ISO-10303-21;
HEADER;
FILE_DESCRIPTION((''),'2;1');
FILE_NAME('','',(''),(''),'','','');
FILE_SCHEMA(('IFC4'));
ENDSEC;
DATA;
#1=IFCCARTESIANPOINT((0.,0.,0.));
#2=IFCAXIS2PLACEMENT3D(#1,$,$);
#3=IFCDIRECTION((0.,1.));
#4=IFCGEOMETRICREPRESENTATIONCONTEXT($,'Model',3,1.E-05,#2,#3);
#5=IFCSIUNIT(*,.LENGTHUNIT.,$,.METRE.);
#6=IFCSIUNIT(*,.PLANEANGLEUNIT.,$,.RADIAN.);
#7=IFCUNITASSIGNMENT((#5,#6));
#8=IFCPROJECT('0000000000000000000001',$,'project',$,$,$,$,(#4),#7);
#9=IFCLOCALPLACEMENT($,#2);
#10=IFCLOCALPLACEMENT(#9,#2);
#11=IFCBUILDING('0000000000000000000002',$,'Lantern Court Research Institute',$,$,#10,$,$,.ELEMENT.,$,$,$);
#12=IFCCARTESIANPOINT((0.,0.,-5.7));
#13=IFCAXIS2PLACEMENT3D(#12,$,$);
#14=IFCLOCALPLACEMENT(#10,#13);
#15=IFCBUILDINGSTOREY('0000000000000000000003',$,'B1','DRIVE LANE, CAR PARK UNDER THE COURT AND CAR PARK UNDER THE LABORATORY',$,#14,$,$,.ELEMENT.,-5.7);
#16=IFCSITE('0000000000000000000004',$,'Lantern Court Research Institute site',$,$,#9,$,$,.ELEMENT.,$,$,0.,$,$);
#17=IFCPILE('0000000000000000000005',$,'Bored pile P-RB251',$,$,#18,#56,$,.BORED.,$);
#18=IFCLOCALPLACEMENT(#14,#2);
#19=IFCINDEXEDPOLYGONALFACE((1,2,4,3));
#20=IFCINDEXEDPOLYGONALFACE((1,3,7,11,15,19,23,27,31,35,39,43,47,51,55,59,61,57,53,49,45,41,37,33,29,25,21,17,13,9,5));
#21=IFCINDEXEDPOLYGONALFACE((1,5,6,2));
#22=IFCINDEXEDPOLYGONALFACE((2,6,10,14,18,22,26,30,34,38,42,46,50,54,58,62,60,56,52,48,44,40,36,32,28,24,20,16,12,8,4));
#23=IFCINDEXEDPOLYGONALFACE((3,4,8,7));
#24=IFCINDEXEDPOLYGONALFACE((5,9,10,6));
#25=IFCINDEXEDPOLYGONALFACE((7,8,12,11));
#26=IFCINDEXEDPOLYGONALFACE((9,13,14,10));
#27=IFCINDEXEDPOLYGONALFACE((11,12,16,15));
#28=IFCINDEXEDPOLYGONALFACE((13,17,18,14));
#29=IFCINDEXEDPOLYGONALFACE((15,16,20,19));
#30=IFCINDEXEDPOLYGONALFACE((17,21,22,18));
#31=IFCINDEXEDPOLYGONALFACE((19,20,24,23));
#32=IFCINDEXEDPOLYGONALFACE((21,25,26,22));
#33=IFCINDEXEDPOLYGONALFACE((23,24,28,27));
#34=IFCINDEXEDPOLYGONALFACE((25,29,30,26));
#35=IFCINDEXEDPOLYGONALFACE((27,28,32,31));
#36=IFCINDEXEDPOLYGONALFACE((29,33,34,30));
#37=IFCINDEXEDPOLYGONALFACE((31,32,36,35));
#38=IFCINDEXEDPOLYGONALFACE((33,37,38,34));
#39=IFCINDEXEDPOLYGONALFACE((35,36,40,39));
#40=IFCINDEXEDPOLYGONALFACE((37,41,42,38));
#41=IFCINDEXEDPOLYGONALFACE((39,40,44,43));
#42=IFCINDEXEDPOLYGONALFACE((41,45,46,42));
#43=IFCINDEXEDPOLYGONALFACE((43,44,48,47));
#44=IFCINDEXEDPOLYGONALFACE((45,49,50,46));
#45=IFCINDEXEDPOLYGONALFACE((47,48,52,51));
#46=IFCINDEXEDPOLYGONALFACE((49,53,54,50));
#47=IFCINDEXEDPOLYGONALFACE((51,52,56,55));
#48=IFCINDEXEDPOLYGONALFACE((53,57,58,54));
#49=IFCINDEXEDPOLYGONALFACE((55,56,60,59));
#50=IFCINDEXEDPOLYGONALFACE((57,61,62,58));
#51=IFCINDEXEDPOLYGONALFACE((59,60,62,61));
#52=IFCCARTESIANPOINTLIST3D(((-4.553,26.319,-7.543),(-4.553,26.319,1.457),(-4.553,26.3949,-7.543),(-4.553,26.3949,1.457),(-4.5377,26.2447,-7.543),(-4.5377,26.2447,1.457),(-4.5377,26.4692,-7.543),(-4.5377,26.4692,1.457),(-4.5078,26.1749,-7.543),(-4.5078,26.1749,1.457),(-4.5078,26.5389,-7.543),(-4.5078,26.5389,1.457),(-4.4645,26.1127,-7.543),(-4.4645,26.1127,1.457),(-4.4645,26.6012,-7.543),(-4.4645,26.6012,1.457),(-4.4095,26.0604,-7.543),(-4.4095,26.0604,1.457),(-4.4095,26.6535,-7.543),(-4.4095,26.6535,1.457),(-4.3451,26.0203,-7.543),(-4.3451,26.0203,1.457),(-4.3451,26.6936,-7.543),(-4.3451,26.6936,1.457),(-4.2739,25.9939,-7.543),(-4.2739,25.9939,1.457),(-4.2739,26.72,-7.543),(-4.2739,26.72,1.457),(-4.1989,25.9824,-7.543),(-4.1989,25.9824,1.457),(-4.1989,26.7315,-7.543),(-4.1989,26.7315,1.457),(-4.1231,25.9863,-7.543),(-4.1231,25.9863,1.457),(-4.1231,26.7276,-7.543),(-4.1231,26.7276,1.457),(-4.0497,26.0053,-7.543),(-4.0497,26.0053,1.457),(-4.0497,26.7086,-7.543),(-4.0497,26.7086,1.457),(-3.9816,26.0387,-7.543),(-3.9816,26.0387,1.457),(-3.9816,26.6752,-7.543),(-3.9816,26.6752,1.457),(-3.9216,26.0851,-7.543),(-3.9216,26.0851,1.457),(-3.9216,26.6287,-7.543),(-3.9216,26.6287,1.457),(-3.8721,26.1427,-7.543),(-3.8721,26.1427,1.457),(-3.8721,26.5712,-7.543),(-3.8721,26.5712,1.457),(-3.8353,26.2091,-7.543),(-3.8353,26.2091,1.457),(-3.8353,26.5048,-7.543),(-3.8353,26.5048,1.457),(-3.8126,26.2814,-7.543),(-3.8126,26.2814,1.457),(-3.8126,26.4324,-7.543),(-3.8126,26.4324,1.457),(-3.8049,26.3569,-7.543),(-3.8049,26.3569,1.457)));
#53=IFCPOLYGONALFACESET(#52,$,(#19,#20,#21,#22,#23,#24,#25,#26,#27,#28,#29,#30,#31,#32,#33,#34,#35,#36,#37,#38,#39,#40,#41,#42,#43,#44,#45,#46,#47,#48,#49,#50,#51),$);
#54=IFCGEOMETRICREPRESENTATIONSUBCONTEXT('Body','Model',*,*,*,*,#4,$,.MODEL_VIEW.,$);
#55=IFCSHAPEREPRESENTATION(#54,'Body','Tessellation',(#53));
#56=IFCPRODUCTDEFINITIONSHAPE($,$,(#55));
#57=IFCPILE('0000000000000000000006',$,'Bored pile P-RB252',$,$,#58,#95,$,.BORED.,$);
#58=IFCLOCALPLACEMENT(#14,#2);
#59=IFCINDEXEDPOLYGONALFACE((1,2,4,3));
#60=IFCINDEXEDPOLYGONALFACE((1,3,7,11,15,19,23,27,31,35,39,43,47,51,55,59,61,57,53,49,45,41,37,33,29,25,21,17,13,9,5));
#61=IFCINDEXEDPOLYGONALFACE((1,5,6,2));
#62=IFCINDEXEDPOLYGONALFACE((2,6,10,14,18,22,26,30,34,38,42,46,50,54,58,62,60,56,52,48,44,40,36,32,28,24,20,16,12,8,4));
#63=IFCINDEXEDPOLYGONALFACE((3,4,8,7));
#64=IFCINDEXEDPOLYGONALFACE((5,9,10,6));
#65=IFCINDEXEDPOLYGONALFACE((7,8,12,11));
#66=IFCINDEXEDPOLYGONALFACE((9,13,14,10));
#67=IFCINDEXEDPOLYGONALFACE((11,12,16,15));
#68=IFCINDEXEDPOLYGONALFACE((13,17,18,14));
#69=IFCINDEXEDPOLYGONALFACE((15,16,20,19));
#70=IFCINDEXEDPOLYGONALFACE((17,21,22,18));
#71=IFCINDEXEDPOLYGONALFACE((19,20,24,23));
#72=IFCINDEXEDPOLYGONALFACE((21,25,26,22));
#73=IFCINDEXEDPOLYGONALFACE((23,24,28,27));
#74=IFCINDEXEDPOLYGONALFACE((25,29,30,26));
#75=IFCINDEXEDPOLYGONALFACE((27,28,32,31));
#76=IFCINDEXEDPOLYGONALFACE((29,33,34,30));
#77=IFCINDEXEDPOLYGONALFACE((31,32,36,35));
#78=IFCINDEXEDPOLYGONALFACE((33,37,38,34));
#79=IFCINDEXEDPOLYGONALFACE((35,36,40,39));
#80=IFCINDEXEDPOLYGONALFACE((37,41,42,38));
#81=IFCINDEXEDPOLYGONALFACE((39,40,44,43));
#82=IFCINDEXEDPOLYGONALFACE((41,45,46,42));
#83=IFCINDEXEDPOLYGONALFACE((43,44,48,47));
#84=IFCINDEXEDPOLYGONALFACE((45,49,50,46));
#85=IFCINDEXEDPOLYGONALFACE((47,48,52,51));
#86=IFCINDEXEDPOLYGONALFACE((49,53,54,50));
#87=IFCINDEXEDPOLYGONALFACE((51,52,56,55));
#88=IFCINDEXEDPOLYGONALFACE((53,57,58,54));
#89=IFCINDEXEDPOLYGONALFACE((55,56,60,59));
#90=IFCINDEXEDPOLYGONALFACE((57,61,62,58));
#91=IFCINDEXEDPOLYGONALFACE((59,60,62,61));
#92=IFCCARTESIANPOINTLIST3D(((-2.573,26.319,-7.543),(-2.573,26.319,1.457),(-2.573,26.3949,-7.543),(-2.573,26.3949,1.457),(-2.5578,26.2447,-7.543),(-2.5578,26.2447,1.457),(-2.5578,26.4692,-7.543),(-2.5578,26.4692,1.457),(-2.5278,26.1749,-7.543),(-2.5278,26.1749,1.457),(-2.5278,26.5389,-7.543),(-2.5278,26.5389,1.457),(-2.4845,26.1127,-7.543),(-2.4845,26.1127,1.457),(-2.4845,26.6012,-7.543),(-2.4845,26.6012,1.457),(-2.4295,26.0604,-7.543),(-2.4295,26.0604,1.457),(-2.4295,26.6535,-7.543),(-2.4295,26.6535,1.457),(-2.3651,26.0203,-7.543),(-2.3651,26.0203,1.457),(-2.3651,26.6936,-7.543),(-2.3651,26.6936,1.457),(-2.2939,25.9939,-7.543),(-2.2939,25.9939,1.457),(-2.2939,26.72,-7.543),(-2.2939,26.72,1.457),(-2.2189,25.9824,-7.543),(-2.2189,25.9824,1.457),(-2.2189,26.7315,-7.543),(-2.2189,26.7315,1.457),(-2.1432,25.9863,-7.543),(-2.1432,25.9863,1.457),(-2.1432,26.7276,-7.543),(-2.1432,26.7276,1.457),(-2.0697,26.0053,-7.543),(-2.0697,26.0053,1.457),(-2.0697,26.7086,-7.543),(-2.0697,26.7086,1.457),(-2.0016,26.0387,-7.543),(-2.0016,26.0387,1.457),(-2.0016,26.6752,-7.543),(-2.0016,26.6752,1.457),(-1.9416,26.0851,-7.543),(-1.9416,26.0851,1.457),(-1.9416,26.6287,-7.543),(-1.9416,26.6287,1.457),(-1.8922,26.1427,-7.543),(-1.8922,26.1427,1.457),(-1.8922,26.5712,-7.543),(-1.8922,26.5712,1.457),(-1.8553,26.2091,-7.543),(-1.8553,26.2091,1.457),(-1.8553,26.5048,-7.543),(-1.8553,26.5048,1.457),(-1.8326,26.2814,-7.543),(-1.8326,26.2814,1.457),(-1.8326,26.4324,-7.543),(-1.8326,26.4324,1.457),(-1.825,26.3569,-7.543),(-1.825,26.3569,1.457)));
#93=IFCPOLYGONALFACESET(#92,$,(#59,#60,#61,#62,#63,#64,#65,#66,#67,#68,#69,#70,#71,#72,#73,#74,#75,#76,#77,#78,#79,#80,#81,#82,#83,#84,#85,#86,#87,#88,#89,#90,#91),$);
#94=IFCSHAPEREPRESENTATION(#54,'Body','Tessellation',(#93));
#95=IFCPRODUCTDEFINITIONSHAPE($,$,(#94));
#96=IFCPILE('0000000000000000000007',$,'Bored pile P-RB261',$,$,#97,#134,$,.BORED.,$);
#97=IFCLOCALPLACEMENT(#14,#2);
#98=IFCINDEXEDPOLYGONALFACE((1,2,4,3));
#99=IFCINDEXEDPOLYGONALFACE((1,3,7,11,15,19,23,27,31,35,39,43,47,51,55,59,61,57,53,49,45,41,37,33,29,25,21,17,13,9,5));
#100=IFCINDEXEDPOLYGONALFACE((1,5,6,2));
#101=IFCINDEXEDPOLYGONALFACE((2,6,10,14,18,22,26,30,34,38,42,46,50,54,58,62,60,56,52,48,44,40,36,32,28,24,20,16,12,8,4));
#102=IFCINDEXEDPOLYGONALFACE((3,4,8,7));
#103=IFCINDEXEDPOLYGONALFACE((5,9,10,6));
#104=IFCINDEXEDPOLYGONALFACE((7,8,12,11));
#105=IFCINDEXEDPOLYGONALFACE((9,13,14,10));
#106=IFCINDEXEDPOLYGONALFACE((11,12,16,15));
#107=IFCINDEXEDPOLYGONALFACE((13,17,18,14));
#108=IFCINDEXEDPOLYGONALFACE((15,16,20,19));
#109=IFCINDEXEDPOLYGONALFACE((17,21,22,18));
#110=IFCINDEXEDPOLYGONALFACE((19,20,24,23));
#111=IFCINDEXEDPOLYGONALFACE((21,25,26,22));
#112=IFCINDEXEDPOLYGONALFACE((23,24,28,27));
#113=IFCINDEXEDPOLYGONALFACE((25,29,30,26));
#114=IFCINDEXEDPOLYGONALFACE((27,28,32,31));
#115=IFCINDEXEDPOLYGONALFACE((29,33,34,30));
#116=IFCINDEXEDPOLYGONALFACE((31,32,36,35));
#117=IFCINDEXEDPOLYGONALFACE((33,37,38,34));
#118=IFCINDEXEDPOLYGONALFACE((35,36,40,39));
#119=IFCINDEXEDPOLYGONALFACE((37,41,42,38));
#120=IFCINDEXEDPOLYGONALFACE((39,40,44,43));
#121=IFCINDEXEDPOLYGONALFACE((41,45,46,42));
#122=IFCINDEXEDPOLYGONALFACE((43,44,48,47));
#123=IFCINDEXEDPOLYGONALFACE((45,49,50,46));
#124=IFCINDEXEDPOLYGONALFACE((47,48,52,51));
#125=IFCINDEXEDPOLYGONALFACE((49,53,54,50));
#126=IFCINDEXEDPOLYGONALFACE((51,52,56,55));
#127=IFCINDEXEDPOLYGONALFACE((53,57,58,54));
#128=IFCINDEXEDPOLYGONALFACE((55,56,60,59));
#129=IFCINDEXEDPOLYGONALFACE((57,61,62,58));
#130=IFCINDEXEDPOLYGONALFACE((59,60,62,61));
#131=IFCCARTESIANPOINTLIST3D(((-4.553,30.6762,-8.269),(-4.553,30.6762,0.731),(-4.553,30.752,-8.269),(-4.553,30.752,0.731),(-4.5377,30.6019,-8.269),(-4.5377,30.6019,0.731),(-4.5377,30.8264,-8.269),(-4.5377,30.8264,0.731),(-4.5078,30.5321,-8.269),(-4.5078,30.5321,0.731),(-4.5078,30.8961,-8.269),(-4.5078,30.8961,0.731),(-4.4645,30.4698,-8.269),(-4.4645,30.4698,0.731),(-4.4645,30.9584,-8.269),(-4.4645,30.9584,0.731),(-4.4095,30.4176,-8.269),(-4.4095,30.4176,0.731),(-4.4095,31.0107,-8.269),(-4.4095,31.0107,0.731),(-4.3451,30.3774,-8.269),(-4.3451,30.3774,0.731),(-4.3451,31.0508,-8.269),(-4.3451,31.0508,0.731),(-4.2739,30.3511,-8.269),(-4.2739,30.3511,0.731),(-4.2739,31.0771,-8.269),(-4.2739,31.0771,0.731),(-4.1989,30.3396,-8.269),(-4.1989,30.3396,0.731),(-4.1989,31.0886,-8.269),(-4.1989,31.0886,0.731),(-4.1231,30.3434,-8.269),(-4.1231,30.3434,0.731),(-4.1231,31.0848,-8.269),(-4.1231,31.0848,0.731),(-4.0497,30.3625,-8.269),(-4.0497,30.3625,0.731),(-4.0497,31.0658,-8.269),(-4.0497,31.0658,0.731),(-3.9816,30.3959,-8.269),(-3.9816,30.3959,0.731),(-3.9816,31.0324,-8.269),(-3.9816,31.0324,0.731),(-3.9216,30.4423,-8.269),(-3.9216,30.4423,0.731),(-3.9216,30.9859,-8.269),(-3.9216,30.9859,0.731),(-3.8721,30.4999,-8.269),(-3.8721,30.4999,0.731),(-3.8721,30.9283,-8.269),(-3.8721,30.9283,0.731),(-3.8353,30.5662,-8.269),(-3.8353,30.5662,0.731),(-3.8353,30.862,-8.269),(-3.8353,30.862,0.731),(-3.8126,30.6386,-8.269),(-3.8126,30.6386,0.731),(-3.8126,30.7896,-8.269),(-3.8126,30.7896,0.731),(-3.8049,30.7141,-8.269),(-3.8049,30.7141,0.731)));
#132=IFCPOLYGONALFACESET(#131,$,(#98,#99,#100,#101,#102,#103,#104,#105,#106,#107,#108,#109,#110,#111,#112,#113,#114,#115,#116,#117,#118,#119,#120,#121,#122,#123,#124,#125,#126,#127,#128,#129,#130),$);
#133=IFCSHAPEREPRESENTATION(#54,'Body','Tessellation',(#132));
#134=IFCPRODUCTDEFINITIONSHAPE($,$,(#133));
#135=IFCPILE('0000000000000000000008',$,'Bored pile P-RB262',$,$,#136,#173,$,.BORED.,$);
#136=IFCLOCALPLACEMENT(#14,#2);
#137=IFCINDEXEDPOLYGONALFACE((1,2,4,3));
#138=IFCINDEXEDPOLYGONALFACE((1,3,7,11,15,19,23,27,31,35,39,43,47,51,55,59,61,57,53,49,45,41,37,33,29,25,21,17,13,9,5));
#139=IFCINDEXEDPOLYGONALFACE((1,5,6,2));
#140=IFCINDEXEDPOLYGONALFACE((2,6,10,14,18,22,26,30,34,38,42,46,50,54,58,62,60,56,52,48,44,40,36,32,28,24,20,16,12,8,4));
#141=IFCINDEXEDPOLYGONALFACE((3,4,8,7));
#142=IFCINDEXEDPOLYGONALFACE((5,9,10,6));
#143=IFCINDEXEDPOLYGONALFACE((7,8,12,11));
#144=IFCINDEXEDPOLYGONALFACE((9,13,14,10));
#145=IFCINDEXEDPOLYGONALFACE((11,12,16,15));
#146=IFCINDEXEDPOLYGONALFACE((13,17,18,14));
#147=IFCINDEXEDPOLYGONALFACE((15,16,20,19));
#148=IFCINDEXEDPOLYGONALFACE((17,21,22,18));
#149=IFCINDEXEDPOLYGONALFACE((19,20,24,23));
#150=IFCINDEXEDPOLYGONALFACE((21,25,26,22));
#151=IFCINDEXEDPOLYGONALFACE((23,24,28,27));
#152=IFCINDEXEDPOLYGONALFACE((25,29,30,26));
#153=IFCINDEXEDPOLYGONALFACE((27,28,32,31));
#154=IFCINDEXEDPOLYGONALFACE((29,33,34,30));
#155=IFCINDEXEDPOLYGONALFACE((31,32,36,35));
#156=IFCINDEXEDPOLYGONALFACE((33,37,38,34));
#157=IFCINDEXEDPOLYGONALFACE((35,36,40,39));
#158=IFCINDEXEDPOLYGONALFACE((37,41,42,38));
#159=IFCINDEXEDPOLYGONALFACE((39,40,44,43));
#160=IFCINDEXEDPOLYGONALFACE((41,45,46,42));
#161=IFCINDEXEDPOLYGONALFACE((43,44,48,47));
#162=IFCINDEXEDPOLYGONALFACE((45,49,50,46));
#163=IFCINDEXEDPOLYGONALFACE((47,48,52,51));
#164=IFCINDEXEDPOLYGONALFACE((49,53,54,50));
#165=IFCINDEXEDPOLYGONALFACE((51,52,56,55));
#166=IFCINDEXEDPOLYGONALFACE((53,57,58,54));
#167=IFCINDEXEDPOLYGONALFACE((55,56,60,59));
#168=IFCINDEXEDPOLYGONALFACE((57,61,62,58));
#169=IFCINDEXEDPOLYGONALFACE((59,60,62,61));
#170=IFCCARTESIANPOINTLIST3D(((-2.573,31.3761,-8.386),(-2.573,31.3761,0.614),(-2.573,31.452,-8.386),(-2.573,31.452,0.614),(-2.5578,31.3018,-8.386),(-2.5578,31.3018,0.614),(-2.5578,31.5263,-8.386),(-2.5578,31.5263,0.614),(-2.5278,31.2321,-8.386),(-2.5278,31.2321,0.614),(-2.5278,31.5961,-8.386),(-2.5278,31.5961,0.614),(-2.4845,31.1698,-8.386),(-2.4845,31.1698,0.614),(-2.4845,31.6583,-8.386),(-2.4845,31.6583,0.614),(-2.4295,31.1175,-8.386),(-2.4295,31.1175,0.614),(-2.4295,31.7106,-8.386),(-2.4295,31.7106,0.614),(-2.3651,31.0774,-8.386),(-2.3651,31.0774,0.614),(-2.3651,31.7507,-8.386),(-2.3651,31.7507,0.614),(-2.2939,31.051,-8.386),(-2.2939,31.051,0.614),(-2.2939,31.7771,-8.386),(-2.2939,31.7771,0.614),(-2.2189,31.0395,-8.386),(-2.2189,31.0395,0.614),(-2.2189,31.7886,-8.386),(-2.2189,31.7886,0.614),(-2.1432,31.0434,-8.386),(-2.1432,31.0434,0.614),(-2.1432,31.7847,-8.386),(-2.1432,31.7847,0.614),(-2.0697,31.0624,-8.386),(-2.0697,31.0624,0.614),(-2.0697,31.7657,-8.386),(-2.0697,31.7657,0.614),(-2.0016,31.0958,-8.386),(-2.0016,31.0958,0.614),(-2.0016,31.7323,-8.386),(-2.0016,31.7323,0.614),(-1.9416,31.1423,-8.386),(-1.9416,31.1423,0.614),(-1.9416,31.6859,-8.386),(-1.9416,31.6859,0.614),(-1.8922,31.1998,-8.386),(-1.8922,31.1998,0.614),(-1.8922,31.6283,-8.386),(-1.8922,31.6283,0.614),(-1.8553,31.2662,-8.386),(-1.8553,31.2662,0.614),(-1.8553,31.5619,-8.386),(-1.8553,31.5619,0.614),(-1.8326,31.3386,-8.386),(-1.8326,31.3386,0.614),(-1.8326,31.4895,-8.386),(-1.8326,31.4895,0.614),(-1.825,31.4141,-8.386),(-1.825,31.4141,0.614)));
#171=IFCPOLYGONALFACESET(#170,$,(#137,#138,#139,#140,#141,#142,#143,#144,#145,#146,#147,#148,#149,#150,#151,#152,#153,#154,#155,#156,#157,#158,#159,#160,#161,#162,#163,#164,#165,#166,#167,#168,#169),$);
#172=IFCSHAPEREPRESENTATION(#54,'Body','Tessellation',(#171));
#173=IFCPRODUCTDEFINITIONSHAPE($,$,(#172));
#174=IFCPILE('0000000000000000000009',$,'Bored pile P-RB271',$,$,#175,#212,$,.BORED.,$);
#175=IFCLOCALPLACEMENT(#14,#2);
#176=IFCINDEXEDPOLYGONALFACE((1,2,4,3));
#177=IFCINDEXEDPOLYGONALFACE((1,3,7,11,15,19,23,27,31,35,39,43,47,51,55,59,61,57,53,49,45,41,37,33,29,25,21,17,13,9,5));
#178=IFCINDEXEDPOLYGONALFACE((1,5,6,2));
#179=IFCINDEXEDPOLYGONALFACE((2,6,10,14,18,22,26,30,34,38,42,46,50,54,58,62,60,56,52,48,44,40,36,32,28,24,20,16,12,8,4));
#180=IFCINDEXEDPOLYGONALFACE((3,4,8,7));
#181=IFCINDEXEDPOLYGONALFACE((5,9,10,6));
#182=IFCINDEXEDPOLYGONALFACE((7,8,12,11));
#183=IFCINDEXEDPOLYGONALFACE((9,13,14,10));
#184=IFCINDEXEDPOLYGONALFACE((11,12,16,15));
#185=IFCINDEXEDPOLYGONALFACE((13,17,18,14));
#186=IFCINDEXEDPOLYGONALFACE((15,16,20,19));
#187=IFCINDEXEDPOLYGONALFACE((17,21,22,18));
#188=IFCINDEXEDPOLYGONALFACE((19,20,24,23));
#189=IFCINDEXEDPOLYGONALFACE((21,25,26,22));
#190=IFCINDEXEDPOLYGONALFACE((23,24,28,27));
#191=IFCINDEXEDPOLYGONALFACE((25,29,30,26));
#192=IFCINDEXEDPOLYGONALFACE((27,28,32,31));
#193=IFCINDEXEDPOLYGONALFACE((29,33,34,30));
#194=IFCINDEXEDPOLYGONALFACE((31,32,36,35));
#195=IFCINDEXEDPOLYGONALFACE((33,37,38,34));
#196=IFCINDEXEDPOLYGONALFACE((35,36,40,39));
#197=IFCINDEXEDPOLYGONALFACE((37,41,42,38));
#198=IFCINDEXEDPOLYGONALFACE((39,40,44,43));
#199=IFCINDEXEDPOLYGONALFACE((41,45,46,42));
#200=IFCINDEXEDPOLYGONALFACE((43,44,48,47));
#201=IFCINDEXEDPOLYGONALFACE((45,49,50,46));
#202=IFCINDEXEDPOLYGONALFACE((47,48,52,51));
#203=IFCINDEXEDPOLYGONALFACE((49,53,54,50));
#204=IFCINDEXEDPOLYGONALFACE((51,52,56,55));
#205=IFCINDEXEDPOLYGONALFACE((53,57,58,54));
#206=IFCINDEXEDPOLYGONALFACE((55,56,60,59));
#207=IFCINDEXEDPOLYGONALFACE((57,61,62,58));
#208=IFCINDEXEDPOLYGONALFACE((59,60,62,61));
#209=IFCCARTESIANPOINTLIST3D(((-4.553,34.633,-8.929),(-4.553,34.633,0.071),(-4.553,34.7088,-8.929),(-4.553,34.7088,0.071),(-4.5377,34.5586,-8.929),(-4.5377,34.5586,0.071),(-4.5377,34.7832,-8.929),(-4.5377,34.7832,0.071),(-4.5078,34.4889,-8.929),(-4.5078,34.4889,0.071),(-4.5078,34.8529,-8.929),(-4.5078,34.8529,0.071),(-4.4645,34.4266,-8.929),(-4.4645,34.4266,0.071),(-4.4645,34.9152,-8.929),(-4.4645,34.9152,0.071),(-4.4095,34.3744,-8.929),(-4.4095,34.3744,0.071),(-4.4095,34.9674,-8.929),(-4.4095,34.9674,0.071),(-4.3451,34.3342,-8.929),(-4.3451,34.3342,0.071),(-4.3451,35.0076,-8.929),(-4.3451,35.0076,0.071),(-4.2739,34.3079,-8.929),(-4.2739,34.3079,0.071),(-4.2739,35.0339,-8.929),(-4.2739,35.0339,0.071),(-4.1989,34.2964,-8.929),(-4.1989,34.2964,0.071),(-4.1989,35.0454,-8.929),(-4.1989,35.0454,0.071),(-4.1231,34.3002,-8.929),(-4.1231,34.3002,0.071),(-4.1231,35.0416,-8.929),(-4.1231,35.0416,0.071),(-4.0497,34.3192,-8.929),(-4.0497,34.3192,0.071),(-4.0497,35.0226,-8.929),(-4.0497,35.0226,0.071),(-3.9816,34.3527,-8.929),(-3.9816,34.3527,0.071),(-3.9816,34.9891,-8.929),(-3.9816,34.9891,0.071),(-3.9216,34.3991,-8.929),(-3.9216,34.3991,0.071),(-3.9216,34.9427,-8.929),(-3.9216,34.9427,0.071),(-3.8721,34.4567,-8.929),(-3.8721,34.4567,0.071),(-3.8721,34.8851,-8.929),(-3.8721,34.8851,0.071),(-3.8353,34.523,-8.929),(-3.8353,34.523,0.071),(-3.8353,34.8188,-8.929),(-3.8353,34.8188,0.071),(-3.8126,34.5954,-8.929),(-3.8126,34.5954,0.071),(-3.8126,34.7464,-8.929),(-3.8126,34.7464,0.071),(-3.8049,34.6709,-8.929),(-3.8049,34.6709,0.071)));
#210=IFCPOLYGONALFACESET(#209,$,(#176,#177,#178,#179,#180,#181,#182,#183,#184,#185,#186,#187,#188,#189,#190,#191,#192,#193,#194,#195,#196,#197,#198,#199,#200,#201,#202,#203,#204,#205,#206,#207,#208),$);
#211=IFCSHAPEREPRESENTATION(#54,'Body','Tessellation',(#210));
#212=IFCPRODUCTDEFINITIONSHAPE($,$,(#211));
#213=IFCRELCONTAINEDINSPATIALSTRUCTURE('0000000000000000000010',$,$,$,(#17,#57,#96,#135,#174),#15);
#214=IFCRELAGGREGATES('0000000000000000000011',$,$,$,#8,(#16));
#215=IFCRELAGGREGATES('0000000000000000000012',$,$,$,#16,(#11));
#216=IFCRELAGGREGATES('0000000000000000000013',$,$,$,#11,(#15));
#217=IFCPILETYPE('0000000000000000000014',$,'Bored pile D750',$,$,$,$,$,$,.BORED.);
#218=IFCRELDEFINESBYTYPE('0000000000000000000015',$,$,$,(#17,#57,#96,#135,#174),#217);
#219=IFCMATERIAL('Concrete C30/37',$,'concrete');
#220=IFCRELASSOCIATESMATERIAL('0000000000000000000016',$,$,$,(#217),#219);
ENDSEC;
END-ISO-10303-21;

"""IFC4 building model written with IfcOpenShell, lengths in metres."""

from ifc_helpers import new_model, si_unit, direction, frame, origin, origin_2d, place, context, subcontext, project, spatial, circle, extrude, material, material_profile, profile_set, type_object, element, save


model = new_model("IFC4")

# Units and contexts
model_context = context("Model", 3, precision=1e-05, world=origin(), true_north=direction((0.0, 1.0)))
body_context = subcontext(model_context, "Body", "Model", "MODEL_VIEW")
ifc_project = project(units=[si_unit("LENGTHUNIT", "METRE"), si_unit("PLANEANGLEUNIT", "RADIAN")], contexts=[model_context])

# Site, building, storey
site_placement = place(None, origin())
site = spatial("IfcSite", under=ifc_project, at=site_placement, Name="Lantern Court Research Institute site", CompositionType="ELEMENT", RefElevation=0.0)
building_placement = place(site_placement, origin())
building = spatial("IfcBuilding", under=site, at=building_placement, Name="Lantern Court Research Institute", CompositionType="ELEMENT")
storey_placement = place(building_placement, frame((0.0, 0.0, -5.7)))
storey = spatial("IfcBuildingStorey", under=building, at=storey_placement, Name="B1", Description="DRIVE LANE, CAR PARK UNDER THE COURT AND CAR PARK UNDER THE LABORATORY", CompositionType="ELEMENT", Elevation=-5.7)

# Piles
ifc_material_1 = material(Name="Concrete C30/37", Category="concrete")
ifc_material_profile_1 = material_profile(ifc_material_1, circle(Radius=0.375, at=origin_2d()), Name="Bored pile D750")
ifc_profile_set_1 = profile_set([ifc_material_profile_1], Name="Concrete C30/37")
pile_type_1 = type_object("IfcPileType", Name="Bored pile D750", PredefinedType="BORED", material=ifc_profile_set_1)
for number, where, z_axis, x_axis, name in (
    (1, (-4.1799, 26.3569, 1.457), (0.0, 0.0, -1.0), (1.0, 0.0, 0.0), "Bored pile P-RB251"),
    (2, (-2.2, 26.3569, 1.457), (0.0, 0.0, -1.0), (1.0, 0.0, 0.0), "Bored pile P-RB252"),
    (3, (-4.1799, 30.7141, 0.731), (0.0, 0.0, -1.0), (1.0, 0.0, 0.0), "Bored pile P-RB261"),
    (4, (-2.2, 31.4141, 0.614), (0.0, 0.0, -1.0), (1.0, 0.0, 0.0), "Bored pile P-RB262"),
    (5, (-4.1799, 34.6709, 0.071), (0.0, 0.0, -1.0), (1.0, 0.0, 0.0), "Bored pile P-RB271"),
):
    element("IfcPile", number, at=place(storey_placement, frame(where, z_axis=z_axis, x_axis=x_axis)), inside=storey, type_object=pile_type_1, Name=name, PredefinedType="BORED", context=body_context, shape_type="SweptSolid", body=[
        extrude(circle(Radius=0.375, at=origin_2d()), origin(), (0.0, 0.0, 1.0), 9.0),
    ])

save(model, "model.ifc")
